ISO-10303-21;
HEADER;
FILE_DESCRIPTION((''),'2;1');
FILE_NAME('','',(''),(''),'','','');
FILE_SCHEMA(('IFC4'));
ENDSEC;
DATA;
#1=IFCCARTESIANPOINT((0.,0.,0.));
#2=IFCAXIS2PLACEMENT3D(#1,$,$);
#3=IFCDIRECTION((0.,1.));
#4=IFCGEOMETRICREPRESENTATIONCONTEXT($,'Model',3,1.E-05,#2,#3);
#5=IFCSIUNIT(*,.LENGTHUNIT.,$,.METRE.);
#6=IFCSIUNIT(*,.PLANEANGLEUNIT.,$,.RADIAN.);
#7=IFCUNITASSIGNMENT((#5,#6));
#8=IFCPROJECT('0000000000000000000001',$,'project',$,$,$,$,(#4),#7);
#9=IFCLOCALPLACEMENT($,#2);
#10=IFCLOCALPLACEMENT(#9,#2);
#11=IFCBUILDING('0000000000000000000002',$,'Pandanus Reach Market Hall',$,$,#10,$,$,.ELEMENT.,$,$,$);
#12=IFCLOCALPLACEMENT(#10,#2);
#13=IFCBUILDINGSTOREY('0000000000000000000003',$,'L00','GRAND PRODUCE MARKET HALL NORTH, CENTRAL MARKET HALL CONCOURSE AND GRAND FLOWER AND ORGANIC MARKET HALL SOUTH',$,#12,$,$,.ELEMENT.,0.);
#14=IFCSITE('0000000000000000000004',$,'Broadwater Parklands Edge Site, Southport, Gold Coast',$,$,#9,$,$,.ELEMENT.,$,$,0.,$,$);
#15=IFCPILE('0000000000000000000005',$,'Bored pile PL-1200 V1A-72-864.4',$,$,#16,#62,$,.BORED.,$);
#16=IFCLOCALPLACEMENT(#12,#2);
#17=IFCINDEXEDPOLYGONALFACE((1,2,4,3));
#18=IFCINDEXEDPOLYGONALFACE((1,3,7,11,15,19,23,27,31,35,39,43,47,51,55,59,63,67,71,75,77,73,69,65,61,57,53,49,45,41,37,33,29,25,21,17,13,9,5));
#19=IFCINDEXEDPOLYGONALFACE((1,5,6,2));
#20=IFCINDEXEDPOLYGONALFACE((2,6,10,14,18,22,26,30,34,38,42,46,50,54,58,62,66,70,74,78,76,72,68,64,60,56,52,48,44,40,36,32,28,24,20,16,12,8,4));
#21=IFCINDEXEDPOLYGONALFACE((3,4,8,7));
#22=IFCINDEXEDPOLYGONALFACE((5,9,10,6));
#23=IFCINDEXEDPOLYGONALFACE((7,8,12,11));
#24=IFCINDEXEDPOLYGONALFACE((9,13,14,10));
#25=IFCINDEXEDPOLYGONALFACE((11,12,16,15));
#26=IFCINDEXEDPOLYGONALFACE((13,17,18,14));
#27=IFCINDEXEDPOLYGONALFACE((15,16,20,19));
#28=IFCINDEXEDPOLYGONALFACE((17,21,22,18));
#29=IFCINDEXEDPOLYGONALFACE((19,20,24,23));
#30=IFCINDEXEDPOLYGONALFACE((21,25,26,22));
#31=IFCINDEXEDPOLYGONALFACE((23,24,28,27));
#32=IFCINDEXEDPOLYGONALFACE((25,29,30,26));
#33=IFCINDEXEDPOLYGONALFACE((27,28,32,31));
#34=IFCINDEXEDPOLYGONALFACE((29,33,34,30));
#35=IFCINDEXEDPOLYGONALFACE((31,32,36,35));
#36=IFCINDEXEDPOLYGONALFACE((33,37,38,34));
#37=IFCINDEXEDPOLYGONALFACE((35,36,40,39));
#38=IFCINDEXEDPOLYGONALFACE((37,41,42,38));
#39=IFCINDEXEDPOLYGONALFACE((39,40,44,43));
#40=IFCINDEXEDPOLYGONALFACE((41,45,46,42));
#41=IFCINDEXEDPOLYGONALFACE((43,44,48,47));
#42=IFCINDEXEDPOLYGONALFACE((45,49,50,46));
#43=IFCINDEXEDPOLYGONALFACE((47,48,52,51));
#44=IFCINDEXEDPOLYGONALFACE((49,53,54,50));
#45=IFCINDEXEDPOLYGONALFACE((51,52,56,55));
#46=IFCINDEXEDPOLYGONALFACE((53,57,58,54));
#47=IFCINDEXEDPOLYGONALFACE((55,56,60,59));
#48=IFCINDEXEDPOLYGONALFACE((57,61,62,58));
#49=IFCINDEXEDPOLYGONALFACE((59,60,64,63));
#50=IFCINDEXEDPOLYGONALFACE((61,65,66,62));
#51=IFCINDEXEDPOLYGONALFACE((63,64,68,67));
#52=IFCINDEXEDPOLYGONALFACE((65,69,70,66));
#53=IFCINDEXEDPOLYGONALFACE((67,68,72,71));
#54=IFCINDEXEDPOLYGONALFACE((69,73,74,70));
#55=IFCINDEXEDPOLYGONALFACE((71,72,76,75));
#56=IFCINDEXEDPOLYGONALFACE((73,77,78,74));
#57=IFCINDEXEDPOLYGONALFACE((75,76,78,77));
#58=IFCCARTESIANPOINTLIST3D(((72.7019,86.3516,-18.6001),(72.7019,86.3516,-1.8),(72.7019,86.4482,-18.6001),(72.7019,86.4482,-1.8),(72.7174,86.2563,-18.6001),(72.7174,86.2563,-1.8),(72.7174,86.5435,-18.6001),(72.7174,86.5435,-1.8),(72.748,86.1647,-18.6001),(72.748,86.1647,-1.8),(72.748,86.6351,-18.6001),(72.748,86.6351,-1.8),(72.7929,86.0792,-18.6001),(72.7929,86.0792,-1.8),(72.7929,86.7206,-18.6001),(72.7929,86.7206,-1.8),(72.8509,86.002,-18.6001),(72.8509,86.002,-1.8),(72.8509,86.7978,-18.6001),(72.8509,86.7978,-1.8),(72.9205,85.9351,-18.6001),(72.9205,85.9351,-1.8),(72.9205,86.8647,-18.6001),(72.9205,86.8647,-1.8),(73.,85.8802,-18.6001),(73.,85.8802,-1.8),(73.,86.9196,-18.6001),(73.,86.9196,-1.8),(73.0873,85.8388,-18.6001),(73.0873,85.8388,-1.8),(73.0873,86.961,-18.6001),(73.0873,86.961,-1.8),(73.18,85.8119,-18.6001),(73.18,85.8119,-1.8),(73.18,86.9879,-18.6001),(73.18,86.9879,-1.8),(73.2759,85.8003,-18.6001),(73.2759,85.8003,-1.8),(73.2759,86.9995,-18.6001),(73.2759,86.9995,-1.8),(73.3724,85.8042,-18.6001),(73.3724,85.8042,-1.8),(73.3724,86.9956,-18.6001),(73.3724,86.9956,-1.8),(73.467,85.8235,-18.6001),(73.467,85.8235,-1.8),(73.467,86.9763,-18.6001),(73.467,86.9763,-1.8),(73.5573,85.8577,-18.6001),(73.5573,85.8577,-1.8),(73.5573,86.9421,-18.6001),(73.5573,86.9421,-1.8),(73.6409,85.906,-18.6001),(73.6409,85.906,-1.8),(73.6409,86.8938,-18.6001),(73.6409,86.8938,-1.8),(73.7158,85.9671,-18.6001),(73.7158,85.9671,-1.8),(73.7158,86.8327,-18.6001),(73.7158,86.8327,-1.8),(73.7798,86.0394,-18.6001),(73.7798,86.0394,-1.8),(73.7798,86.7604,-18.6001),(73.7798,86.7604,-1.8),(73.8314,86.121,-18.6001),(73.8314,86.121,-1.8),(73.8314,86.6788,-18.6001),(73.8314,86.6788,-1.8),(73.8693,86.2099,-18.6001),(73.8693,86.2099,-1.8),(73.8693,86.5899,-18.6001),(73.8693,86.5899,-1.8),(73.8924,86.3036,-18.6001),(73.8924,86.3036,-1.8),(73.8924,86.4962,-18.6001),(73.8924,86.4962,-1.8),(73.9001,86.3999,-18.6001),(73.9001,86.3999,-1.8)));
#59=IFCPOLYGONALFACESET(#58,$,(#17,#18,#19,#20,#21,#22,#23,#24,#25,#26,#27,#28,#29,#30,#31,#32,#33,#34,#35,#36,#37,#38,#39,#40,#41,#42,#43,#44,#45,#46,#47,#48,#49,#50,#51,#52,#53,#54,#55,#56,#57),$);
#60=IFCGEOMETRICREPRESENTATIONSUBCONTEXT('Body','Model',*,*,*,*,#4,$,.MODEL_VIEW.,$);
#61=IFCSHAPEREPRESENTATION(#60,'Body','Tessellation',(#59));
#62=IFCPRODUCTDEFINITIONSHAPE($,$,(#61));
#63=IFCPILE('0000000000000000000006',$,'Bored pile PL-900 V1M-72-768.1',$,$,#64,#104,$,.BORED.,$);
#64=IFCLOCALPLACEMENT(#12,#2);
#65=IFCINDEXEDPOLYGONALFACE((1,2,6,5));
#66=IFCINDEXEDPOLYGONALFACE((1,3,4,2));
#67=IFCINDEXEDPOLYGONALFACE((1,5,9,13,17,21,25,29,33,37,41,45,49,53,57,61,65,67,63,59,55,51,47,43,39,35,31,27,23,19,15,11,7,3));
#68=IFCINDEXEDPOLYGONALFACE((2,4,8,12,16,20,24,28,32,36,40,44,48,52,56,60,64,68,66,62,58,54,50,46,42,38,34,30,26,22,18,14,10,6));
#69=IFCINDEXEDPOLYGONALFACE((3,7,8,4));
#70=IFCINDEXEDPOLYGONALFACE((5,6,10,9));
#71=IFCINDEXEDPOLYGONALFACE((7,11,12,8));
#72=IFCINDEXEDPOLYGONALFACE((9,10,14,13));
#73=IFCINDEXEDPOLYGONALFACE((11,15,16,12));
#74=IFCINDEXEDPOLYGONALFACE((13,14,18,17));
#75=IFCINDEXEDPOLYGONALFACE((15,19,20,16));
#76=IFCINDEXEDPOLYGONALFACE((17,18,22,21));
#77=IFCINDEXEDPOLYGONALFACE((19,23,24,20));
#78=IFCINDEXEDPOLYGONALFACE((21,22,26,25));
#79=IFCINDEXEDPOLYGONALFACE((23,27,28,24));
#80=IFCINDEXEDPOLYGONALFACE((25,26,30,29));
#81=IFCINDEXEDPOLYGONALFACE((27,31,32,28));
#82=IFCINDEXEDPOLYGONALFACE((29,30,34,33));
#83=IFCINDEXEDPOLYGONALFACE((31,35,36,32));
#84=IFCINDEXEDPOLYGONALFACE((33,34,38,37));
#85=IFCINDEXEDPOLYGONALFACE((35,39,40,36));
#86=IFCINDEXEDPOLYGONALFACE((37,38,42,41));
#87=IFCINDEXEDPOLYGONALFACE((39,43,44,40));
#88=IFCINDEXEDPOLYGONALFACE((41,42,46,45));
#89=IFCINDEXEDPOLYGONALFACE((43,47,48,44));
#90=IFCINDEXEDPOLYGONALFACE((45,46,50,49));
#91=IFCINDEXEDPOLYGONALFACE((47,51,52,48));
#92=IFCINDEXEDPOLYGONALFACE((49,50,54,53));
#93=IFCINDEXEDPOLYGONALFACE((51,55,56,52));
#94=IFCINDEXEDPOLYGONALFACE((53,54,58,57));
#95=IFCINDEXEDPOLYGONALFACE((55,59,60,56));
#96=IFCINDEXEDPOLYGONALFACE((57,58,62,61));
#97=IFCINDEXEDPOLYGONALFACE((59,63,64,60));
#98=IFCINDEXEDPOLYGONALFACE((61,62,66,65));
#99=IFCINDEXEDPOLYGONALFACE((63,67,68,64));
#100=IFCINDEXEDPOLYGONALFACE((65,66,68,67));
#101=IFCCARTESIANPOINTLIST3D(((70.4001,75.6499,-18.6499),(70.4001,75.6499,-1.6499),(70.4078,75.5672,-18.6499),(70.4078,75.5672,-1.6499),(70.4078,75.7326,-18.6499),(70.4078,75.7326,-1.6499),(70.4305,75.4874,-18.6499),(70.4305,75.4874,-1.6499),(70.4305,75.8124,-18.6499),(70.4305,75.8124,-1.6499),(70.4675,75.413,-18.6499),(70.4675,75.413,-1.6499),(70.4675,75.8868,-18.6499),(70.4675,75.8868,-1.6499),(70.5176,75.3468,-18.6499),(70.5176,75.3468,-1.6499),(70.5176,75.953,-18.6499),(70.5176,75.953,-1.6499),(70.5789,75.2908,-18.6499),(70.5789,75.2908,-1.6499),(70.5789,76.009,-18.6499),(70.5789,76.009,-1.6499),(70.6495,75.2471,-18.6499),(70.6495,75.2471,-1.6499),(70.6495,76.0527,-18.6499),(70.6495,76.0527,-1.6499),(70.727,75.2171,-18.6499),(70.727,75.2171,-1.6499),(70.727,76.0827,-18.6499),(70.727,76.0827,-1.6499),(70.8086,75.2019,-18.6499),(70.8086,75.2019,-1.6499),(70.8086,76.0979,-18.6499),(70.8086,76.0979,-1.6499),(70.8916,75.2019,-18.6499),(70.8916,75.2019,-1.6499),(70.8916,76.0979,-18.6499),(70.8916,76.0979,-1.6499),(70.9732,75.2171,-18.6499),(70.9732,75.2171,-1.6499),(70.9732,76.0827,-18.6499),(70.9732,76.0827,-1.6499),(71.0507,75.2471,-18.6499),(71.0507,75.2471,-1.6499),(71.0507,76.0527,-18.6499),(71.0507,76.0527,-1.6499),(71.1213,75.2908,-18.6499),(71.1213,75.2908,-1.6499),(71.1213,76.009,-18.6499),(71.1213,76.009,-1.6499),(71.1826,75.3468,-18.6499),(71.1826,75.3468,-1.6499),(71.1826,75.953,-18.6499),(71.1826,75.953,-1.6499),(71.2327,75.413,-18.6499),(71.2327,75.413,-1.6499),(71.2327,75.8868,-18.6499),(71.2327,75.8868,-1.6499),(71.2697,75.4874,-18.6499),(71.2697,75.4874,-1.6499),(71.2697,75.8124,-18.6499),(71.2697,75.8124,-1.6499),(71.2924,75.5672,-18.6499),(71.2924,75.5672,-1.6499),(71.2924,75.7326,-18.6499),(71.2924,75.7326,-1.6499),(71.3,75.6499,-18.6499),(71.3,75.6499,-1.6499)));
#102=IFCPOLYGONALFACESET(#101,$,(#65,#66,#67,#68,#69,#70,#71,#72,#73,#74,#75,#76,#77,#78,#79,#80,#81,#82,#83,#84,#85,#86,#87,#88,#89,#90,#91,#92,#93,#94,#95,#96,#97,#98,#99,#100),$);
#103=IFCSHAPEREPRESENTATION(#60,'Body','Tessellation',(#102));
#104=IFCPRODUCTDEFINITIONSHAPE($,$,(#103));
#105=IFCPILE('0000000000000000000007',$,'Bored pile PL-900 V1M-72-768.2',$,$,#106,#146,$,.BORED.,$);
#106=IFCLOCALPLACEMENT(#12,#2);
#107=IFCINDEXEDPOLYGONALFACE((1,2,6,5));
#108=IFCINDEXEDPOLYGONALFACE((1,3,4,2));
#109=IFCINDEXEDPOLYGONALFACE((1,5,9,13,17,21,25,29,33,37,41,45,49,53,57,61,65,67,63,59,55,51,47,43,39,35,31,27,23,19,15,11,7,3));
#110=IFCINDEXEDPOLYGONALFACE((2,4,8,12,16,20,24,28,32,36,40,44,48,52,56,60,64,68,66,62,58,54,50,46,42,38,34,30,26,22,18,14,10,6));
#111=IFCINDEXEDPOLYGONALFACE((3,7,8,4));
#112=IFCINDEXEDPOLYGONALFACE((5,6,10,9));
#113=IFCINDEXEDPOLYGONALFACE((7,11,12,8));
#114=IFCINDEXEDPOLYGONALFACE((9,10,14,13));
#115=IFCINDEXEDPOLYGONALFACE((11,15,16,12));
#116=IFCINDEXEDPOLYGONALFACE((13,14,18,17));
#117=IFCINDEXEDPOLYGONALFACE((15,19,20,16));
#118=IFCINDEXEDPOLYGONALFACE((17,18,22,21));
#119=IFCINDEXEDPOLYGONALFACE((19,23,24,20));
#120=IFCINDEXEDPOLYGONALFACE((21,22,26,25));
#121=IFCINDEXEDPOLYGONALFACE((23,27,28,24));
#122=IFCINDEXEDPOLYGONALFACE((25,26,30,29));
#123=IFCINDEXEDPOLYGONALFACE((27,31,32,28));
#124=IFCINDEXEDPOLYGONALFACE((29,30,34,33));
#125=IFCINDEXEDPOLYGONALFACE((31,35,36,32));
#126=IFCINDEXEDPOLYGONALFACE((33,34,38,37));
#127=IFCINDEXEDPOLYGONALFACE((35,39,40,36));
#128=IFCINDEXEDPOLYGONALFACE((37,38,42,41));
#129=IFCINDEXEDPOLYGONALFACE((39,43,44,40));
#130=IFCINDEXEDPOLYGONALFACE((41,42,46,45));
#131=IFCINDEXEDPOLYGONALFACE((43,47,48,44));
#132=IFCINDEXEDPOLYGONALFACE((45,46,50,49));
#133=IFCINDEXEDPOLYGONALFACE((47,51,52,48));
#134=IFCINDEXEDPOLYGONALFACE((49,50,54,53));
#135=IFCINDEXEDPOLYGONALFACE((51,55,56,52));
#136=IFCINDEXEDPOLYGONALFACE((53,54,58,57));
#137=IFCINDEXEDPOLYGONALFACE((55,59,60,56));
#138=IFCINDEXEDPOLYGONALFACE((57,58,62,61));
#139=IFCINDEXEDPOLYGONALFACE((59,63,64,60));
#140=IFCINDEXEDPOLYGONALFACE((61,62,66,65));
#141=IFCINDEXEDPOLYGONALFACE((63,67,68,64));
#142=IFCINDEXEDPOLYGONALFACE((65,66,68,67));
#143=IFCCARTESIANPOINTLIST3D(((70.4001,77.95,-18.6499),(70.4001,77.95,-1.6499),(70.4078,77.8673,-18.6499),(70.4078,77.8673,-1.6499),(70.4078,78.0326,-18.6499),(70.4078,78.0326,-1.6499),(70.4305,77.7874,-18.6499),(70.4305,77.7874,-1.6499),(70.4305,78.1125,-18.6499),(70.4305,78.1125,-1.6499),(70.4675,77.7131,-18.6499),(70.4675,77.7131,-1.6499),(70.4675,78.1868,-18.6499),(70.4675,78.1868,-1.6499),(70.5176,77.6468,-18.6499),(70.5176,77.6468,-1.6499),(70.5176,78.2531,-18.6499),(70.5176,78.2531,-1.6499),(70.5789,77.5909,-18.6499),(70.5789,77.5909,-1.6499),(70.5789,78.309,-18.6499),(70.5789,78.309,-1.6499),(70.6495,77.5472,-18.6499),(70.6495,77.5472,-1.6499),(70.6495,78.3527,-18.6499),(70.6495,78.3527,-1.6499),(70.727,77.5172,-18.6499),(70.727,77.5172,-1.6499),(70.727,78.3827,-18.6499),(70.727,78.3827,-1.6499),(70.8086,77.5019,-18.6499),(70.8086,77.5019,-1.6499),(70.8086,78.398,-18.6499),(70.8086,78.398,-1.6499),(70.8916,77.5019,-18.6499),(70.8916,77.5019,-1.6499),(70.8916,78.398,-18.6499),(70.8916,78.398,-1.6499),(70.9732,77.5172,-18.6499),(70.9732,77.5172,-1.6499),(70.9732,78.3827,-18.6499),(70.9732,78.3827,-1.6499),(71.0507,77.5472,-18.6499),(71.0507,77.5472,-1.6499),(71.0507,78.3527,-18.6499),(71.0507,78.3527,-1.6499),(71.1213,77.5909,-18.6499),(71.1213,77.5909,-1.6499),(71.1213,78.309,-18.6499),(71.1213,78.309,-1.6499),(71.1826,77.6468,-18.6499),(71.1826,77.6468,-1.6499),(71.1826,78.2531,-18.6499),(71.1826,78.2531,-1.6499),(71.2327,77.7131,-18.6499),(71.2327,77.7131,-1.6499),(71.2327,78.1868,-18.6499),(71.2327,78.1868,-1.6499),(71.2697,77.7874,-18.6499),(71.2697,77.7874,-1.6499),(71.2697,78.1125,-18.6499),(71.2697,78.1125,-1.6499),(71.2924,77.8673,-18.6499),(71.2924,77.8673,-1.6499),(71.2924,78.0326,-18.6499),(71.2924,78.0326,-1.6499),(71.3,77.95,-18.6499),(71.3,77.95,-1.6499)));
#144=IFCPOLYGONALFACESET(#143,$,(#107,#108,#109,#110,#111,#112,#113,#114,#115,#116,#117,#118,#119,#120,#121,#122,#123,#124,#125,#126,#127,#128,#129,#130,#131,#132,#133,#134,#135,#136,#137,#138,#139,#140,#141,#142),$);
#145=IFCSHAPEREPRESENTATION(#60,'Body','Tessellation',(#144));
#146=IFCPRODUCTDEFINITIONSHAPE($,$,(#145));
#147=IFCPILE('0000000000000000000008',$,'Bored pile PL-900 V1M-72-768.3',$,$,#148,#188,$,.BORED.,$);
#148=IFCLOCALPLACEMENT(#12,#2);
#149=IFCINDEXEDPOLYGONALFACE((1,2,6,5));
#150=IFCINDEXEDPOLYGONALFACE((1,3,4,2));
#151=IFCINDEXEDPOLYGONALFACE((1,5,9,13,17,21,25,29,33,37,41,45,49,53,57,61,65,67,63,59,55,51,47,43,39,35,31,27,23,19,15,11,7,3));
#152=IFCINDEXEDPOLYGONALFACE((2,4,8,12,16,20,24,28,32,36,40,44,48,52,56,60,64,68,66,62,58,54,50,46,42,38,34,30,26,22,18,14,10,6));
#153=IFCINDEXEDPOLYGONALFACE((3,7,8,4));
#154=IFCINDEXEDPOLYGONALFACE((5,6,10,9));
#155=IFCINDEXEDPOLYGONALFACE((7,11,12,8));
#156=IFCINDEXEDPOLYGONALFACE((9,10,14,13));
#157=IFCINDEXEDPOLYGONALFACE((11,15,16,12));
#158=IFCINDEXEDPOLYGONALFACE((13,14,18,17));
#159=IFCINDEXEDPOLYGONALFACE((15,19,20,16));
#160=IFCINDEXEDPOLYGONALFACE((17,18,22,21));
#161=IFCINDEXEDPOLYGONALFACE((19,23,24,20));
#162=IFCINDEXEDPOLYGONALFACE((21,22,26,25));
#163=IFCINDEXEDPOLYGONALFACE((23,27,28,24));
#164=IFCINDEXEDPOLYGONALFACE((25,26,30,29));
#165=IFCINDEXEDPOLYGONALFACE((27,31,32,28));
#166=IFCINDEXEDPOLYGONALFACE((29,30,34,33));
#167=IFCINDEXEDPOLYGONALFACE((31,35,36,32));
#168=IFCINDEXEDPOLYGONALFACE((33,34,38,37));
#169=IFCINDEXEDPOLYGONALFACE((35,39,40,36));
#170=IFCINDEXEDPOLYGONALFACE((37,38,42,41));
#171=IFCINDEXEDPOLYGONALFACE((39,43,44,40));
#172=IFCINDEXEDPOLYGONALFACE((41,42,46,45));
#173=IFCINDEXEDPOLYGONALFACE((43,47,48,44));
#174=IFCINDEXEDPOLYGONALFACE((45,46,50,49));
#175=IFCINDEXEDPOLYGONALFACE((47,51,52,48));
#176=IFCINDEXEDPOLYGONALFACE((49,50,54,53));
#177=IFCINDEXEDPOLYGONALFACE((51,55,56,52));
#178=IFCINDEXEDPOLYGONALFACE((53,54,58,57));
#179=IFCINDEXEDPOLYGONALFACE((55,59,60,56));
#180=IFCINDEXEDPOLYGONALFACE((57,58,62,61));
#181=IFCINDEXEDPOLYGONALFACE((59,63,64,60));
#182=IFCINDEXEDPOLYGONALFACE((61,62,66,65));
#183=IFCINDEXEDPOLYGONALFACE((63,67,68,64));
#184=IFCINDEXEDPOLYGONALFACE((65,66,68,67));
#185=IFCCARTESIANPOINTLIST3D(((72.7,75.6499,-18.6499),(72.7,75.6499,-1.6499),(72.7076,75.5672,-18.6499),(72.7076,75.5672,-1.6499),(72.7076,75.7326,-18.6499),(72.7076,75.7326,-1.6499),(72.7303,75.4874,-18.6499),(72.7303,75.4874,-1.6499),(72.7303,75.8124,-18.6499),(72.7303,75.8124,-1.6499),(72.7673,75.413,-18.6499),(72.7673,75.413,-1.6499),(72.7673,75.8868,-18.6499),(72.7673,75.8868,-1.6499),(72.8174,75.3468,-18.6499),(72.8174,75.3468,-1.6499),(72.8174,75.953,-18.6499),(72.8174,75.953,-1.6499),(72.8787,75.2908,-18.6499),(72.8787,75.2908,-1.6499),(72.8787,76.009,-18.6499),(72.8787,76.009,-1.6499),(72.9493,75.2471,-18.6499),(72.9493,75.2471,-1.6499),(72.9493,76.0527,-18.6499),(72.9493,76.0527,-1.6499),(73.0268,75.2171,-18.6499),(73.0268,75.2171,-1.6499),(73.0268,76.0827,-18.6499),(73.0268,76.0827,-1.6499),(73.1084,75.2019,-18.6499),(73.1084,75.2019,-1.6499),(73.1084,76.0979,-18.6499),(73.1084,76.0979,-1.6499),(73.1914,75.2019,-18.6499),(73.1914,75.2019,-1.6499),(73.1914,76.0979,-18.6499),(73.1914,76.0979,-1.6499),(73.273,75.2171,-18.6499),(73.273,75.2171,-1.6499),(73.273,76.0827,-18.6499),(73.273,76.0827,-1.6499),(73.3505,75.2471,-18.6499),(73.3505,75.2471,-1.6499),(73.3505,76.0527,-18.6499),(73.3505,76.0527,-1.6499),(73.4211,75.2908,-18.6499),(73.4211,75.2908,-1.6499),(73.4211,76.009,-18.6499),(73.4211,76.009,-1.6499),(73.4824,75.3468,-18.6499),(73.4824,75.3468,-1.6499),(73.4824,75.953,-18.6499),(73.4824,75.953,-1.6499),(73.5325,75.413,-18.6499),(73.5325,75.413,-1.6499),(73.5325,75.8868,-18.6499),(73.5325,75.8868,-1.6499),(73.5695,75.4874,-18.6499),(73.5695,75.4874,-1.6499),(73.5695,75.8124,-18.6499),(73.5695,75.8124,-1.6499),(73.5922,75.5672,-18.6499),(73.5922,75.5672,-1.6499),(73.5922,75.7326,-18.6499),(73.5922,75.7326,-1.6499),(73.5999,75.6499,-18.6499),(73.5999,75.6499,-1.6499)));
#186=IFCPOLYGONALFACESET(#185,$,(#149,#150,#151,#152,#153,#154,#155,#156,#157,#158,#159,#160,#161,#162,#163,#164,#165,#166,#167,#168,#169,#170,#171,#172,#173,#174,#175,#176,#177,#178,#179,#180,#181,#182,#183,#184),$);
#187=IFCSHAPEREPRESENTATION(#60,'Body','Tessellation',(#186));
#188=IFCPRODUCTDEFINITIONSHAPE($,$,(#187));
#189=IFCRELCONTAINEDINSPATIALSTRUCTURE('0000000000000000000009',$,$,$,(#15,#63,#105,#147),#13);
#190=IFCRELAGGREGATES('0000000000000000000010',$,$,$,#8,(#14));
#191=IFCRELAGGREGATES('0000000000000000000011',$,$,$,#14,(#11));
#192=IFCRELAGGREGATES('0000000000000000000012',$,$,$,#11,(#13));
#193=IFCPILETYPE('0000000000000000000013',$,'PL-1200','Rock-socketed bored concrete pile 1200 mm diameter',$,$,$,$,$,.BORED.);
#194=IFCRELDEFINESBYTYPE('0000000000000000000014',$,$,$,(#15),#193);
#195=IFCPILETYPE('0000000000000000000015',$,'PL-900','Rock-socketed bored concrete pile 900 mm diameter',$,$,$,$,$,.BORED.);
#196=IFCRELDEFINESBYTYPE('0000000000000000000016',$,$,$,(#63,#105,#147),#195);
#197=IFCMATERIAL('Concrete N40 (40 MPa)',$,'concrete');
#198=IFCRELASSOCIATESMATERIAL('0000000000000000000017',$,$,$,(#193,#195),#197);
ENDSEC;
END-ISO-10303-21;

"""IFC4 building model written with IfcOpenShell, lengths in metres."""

from ifc_helpers import new_model, si_unit, direction, frame, origin, origin_2d, place, context, subcontext, project, spatial, circle, extrude, material, material_profile, profile_set, type_object, element, save


model = new_model("IFC4")

# Units and contexts
model_context = context("Model", 3, precision=1e-05, world=origin(), true_north=direction((0.0, 1.0)))
body_context = subcontext(model_context, "Body", "Model", "MODEL_VIEW")
ifc_project = project(units=[si_unit("LENGTHUNIT", "METRE"), si_unit("PLANEANGLEUNIT", "RADIAN")], contexts=[model_context])

# Site, building, storey
site_placement = place(None, origin())
site = spatial("IfcSite", under=ifc_project, at=site_placement, Name="Broadwater Parklands Edge Site, Southport, Gold Coast", CompositionType="ELEMENT", RefElevation=0.0)
building_placement = place(site_placement, origin())
building = spatial("IfcBuilding", under=site, at=building_placement, Name="Pandanus Reach Market Hall", CompositionType="ELEMENT")
storey_placement = place(building_placement, origin())
storey = spatial("IfcBuildingStorey", under=building, at=storey_placement, Name="L00", Description="GRAND PRODUCE MARKET HALL NORTH, CENTRAL MARKET HALL CONCOURSE AND GRAND FLOWER AND ORGANIC MARKET HALL SOUTH", CompositionType="ELEMENT", Elevation=0.0)

# Shared definitions
ifc_material_1 = material(Name="Concrete N40 (40 MPa)", Category="concrete")

# Piles
ifc_material_profile_1 = material_profile(ifc_material_1, circle(Radius=0.6001, at=origin_2d()), Name="PILE-1200D", Category="LoadBearing")
ifc_profile_set_1 = profile_set([ifc_material_profile_1], Name="Concrete N40 (40 MPa)")
pile_type_1 = type_object("IfcPileType", Name="PL-1200", Description="Rock-socketed bored concrete pile 1200 mm diameter", PredefinedType="BORED", material=ifc_profile_set_1)
for number, where, z_axis, x_axis, name in (
    (1, (73.3, 86.3999, -1.8), (0.0, 0.0, -1.0), (1.0, 0.0, 0.0), "Bored pile PL-1200 V1A-72-864.4"),
):
    element("IfcPile", number, at=place(storey_placement, frame(where, z_axis=z_axis, x_axis=x_axis)), inside=storey, type_object=pile_type_1, Name=name, PredefinedType="BORED", context=body_context, shape_type="SweptSolid", body=[
        extrude(circle(Radius=0.6001, at=origin_2d()), origin(), (0.0, 0.0, 1.0), 16.8),
    ])
ifc_material_profile_2 = material_profile(ifc_material_1, circle(Radius=0.45, at=origin_2d()), Name="PILE-900D", Category="LoadBearing")
ifc_profile_set_2 = profile_set([ifc_material_profile_2], Name="Concrete N40 (40 MPa)")
pile_type_2 = type_object("IfcPileType", Name="PL-900", Description="Rock-socketed bored concrete pile 900 mm diameter", PredefinedType="BORED", material=ifc_profile_set_2)
for number, where, z_axis, x_axis, name in (
    (2, (70.8501, 75.6499, -1.6499), (0.0, 0.0, -1.0), (1.0, 0.0, 0.0), "Bored pile PL-900 V1M-72-768.1"),
    (3, (70.8501, 77.95, -1.6499), (0.0, 0.0, -1.0), (1.0, 0.0, 0.0), "Bored pile PL-900 V1M-72-768.2"),
    (4, (73.1499, 75.6499, -1.6499), (0.0, 0.0, -1.0), (1.0, 0.0, 0.0), "Bored pile PL-900 V1M-72-768.3"),
):
    element("IfcPile", number, at=place(storey_placement, frame(where, z_axis=z_axis, x_axis=x_axis)), inside=storey, type_object=pile_type_2, Name=name, PredefinedType="BORED", context=body_context, shape_type="SweptSolid", body=[
        extrude(circle(Radius=0.45, at=origin_2d()), origin(), (0.0, 0.0, 1.0), 17.0),
    ])

save(model, "model.ifc")
